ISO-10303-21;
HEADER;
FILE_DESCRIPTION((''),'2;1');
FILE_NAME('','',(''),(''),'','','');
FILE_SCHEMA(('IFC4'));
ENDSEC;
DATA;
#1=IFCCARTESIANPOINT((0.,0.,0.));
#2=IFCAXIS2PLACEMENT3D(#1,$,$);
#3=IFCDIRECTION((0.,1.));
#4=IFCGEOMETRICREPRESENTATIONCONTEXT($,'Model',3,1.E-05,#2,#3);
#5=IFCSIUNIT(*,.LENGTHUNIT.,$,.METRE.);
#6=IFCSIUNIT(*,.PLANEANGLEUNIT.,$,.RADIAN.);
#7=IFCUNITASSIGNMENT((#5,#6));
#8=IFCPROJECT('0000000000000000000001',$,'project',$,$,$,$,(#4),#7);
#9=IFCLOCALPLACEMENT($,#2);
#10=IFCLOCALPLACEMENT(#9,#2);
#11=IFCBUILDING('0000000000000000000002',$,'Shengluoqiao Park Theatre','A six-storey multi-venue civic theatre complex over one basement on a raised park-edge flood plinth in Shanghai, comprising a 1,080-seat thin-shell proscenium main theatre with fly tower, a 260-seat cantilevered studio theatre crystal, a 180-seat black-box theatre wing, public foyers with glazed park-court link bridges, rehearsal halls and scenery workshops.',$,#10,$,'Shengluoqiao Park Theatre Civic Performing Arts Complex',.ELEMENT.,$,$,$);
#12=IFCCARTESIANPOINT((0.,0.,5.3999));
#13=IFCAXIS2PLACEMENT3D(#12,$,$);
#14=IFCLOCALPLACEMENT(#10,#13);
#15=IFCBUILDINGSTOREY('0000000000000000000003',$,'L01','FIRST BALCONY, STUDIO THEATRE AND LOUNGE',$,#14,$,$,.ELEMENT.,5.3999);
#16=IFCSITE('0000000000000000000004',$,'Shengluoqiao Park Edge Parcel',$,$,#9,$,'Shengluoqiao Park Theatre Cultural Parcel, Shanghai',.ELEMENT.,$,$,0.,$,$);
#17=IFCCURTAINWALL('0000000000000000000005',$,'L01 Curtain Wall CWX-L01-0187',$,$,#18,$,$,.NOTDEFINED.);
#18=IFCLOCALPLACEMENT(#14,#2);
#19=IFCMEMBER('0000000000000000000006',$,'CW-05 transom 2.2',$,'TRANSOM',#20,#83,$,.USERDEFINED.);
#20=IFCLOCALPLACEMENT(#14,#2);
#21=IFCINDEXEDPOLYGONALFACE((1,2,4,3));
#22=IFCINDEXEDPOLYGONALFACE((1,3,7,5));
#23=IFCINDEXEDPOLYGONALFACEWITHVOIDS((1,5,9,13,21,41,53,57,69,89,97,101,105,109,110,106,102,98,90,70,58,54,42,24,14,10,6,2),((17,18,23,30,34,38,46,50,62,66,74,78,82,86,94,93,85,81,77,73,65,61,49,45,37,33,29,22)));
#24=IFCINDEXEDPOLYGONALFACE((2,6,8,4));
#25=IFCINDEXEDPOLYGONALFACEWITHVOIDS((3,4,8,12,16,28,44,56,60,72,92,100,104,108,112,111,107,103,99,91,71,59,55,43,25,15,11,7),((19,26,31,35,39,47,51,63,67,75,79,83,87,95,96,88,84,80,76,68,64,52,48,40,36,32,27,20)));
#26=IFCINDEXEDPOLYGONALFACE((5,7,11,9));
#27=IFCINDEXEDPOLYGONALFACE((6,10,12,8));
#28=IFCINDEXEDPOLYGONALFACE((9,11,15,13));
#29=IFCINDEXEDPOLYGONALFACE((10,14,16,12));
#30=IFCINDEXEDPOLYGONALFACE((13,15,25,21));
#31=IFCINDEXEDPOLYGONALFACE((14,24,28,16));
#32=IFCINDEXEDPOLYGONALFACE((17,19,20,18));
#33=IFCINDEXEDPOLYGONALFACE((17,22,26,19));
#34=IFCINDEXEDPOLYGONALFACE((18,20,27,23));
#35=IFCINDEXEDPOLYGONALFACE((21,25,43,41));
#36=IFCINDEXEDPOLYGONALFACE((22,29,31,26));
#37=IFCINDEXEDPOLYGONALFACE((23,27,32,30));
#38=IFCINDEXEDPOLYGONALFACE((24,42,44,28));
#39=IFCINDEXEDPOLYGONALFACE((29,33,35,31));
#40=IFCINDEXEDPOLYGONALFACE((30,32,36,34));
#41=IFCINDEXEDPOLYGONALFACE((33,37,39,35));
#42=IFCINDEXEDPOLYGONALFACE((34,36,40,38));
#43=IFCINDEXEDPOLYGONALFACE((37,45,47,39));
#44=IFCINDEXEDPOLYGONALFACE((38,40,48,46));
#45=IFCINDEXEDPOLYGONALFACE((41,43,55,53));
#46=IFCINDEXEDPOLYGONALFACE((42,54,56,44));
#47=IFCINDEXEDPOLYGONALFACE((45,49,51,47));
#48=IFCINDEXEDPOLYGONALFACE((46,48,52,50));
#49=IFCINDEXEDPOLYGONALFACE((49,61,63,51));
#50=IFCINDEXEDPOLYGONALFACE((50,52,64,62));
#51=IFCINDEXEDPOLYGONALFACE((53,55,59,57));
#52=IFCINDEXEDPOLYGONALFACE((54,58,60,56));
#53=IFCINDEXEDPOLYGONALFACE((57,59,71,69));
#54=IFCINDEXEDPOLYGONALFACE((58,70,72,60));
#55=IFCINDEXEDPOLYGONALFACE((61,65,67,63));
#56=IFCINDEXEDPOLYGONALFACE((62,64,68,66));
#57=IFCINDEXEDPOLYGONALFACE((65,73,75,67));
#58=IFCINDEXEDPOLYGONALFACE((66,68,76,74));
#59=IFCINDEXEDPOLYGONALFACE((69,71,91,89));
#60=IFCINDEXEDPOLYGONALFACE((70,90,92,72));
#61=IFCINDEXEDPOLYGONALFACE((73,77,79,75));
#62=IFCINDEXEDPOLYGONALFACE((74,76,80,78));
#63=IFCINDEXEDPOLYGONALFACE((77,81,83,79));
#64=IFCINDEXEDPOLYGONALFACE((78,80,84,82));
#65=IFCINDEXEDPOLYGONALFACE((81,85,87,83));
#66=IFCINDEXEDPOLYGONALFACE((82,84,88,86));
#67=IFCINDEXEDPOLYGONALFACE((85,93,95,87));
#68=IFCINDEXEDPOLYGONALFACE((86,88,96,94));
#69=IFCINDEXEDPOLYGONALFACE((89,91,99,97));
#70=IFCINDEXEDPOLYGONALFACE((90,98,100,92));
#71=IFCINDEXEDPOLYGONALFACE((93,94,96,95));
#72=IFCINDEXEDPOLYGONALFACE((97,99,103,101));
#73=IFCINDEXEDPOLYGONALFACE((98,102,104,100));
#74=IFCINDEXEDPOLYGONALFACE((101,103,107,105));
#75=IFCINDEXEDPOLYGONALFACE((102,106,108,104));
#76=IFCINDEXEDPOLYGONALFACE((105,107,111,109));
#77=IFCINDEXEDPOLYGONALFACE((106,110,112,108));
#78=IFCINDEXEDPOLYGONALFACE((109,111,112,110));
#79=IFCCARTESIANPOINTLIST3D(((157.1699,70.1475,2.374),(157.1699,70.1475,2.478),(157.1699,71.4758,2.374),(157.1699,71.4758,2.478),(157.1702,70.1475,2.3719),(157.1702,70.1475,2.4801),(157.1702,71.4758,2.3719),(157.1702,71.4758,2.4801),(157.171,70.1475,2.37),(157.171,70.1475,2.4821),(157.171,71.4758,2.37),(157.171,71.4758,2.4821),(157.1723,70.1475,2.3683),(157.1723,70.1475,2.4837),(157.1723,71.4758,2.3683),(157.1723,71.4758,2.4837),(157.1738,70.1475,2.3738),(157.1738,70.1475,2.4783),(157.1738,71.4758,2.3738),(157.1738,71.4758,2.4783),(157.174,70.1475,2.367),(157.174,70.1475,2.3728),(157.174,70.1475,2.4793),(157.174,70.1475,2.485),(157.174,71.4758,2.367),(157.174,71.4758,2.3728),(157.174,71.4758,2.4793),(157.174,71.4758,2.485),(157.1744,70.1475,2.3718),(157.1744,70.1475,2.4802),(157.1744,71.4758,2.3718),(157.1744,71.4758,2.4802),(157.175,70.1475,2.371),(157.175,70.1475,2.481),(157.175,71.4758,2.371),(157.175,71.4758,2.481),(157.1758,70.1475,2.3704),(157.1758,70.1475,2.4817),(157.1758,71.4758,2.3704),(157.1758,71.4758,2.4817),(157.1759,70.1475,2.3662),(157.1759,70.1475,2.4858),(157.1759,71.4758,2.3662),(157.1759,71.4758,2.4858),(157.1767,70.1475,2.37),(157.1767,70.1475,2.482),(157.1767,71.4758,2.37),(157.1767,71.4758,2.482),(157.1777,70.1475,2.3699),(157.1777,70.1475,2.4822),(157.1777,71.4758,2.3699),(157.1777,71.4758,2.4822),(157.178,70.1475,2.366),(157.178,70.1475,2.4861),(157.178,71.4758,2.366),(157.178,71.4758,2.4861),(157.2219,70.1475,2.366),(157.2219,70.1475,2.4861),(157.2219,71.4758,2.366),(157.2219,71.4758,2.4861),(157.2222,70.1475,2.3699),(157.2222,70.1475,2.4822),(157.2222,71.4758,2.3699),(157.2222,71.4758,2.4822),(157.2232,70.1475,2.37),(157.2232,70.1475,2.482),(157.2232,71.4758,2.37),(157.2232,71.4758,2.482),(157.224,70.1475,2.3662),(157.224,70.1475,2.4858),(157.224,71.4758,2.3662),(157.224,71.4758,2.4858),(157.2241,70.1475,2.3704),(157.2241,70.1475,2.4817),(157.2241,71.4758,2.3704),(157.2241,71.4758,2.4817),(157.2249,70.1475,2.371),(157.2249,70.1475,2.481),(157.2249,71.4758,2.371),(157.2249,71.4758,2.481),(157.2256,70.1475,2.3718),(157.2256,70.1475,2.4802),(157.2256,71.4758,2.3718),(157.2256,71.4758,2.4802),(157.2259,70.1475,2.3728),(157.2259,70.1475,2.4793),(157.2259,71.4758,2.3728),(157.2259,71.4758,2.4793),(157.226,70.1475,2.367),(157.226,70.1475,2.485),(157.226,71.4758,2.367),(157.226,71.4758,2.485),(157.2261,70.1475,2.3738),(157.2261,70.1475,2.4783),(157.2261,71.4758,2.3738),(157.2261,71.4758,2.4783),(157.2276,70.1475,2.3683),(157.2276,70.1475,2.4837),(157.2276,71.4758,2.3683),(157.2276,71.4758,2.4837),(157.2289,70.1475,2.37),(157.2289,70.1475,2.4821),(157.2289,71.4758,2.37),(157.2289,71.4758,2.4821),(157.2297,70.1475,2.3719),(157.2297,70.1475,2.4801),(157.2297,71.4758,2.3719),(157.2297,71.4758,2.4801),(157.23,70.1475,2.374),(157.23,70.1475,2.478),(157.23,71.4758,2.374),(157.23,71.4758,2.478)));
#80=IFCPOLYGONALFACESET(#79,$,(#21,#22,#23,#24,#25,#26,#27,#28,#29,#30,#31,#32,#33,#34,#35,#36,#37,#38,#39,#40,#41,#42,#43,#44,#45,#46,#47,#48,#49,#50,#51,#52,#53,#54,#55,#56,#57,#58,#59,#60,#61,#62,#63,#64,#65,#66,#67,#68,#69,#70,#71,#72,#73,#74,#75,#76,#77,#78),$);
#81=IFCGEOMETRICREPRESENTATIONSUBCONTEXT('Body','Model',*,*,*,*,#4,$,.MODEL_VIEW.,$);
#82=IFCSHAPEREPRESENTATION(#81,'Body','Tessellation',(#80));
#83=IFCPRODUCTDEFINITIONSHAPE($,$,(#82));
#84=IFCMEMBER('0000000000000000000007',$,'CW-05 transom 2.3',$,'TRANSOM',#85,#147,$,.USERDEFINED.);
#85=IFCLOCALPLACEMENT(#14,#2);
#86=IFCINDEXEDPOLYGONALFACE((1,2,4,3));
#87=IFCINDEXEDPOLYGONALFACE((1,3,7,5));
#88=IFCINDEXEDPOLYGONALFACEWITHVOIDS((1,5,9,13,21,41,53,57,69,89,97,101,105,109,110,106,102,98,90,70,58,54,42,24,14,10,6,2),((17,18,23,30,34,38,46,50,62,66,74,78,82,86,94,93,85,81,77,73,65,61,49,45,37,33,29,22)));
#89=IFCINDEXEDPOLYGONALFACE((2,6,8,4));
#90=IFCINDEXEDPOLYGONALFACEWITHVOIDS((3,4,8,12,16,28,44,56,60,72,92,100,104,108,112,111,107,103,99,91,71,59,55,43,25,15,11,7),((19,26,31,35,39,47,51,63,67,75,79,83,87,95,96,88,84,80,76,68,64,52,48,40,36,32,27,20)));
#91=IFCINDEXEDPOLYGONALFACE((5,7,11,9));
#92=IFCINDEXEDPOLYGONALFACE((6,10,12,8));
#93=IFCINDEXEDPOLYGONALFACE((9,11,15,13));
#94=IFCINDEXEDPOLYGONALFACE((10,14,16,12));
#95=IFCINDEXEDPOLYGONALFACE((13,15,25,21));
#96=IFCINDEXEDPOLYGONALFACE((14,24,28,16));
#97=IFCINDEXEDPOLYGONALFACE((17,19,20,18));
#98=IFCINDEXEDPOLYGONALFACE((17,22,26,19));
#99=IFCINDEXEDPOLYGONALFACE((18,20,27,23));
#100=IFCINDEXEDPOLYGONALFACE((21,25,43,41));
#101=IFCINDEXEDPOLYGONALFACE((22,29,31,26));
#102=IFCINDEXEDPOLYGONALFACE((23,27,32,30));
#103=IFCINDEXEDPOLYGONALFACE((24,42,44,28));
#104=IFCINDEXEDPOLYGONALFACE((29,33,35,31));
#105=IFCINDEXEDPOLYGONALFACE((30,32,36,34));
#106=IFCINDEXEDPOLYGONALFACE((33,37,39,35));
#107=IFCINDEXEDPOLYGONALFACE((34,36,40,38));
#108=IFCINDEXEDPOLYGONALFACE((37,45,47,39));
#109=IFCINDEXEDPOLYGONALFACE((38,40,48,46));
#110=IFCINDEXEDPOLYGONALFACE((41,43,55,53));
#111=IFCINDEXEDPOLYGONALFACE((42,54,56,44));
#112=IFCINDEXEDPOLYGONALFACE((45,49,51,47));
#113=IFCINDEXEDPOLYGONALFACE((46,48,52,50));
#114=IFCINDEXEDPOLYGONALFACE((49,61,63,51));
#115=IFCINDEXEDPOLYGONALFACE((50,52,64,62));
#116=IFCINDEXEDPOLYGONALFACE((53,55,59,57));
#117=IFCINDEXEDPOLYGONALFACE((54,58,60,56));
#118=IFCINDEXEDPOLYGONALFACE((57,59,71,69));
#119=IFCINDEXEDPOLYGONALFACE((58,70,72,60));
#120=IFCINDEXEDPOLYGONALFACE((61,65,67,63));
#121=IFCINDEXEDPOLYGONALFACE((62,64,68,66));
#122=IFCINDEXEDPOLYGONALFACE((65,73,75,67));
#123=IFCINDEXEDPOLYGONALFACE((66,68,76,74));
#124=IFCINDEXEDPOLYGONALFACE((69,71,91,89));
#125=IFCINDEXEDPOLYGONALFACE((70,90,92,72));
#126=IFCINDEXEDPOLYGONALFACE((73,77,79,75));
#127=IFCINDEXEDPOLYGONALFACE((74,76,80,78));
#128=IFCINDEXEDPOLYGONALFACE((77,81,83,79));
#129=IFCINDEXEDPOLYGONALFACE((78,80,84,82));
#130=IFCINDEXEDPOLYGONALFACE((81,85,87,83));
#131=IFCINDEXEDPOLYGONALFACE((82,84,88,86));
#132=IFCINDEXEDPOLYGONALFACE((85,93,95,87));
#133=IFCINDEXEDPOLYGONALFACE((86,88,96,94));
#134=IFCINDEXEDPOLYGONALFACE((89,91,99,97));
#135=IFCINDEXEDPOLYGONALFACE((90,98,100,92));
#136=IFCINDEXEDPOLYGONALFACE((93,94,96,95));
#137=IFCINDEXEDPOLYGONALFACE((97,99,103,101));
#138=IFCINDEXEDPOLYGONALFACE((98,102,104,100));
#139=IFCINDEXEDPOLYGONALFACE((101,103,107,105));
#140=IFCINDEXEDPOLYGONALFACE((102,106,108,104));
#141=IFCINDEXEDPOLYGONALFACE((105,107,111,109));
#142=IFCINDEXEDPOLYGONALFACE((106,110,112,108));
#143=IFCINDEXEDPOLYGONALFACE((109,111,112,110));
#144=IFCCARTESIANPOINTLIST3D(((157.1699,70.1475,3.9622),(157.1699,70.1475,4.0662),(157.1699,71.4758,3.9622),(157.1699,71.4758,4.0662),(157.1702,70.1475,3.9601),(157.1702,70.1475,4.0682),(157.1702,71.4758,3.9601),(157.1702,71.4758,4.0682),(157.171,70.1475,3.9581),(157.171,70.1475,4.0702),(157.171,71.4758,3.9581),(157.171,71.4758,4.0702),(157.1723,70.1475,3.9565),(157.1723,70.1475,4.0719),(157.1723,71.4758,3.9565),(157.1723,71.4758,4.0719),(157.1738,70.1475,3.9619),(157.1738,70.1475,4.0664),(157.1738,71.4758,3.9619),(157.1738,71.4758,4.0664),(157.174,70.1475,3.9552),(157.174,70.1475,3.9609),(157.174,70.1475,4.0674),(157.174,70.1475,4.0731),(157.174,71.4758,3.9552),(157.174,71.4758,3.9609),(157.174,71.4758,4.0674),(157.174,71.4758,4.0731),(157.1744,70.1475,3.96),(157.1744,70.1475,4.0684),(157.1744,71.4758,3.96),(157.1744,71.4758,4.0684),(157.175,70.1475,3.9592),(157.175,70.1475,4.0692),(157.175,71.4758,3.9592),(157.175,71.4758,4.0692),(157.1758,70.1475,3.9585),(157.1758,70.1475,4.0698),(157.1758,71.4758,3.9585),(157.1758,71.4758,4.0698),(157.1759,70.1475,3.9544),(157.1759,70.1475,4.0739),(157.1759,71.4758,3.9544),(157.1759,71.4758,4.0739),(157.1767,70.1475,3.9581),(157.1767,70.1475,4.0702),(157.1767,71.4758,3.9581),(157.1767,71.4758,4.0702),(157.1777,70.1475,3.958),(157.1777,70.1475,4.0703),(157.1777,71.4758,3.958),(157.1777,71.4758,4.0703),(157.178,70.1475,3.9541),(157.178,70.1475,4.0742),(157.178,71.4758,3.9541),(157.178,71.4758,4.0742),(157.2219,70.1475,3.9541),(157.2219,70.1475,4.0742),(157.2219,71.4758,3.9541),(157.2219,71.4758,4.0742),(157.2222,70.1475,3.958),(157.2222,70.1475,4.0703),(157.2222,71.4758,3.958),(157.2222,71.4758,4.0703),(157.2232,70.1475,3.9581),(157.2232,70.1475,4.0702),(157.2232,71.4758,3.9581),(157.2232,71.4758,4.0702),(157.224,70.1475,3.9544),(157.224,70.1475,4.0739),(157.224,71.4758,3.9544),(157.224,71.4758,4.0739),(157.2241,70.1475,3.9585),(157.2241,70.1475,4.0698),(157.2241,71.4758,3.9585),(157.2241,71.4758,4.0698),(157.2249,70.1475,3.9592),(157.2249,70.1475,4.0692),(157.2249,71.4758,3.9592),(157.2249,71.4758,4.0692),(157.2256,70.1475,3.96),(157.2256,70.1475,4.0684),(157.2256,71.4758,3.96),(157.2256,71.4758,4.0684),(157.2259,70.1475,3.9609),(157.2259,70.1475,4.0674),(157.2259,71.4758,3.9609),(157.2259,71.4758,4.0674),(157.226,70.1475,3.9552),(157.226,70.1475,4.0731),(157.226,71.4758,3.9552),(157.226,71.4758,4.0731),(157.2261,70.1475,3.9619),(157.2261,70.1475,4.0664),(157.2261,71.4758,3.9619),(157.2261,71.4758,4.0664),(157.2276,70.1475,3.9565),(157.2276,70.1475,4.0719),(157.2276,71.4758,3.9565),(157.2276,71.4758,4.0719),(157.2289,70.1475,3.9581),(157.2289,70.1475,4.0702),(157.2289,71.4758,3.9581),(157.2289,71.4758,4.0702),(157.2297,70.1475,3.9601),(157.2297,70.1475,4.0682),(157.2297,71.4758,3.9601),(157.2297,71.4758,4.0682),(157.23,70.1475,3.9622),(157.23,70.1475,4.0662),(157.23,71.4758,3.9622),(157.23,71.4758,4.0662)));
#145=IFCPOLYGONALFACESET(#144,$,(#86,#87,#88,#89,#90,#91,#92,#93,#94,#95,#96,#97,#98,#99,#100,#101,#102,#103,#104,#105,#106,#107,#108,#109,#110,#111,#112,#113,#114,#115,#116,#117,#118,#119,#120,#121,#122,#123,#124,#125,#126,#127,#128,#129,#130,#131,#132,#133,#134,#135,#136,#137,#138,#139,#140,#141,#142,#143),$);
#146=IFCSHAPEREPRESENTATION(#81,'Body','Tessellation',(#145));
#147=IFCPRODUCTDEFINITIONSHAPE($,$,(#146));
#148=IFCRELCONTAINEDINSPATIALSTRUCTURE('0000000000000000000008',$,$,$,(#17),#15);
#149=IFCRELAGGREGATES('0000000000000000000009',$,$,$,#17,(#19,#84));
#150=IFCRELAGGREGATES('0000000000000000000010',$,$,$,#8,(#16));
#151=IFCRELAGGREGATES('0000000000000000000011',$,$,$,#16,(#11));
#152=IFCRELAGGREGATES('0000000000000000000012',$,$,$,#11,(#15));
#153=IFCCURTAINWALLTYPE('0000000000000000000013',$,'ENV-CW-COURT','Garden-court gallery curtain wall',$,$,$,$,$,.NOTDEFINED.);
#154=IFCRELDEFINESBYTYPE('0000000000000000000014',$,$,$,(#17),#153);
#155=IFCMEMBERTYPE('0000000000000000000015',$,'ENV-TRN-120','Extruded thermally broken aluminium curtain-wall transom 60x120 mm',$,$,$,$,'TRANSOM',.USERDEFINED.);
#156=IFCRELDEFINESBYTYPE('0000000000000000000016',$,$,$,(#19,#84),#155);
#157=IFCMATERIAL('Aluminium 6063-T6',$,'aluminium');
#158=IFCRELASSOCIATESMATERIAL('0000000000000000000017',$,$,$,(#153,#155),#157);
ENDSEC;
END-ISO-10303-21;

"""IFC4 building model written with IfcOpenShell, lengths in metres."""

from ifc_helpers import new_model, si_unit, direction, frame, origin, origin_2d, place, context, subcontext, project, spatial, hollow_rectangle, extrude, material, material_profile, profile_set, type_object, element, aggregate, save


model = new_model("IFC4")

# Units and contexts
model_context = context("Model", 3, precision=1e-05, world=origin(), true_north=direction((0.0, 1.0)))
body_context = subcontext(model_context, "Body", "Model", "MODEL_VIEW")
ifc_project = project(units=[si_unit("LENGTHUNIT", "METRE"), si_unit("PLANEANGLEUNIT", "RADIAN")], contexts=[model_context])

# Site, building, storey
site_placement = place(None, origin())
site = spatial("IfcSite", under=ifc_project, at=site_placement, Name="Shengluoqiao Park Edge Parcel", LongName="Shengluoqiao Park Theatre Cultural Parcel, Shanghai", CompositionType="ELEMENT", RefElevation=0.0)
building_placement = place(site_placement, origin())
building = spatial("IfcBuilding", under=site, at=building_placement, Name="Shengluoqiao Park Theatre", Description="A six-storey multi-venue civic theatre complex over one basement on a raised park-edge flood plinth in Shanghai, comprising a 1,080-seat thin-shell proscenium main theatre with fly tower, a 260-seat cantilevered studio theatre crystal, a 180-seat black-box theatre wing, public foyers with glazed park-court link bridges, rehearsal halls and scenery workshops.", LongName="Shengluoqiao Park Theatre Civic Performing Arts Complex", CompositionType="ELEMENT")
storey_placement = place(building_placement, frame((0.0, 0.0, 5.3999)))
storey = spatial("IfcBuildingStorey", under=building, at=storey_placement, Name="L01", Description="FIRST BALCONY, STUDIO THEATRE AND LOUNGE", CompositionType="ELEMENT", Elevation=5.3999)

# Curtain wall, members
ifc_material_1 = material(Name="Aluminium 6063-T6", Category="aluminium")
curtain_wall_type = type_object("IfcCurtainWallType", Name="ENV-CW-COURT", Description="Garden-court gallery curtain wall", PredefinedType="NOTDEFINED", material=ifc_material_1)
curtain_wall_placement = place(storey_placement, origin())
curtain_wall = element("IfcCurtainWall", 1, at=curtain_wall_placement, inside=storey, type_object=curtain_wall_type, Name="L01 Curtain Wall CWX-L01-0187", PredefinedType="NOTDEFINED")
ifc_material_profile_1 = material_profile(ifc_material_1, hollow_rectangle(XDim=0.0601, YDim=0.1201, WallThickness=0.0039, InnerFilletRadius=0.0039, OuterFilletRadius=0.0081, at=origin_2d()), Name="ALU TRANSOM 120x60x4")
ifc_profile_set_1 = profile_set([ifc_material_profile_1], Name="Aluminium 6063-T6")
member_type_1 = type_object("IfcMemberType", Name="ENV-TRN-120", Description="Extruded thermally broken aluminium curtain-wall transom 60x120 mm", ElementType="TRANSOM", PredefinedType="USERDEFINED", material=ifc_profile_set_1)
member_1_placement = place(storey_placement, frame((157.2, 70.1475, 2.426), z_axis=(0.0, 1.0, 0.0), x_axis=(-1.0, 0.0, 0.0)))
member_1 = element("IfcMember", 2, at=member_1_placement, type_object=member_type_1, Name="CW-05 transom 2.2", ObjectType="TRANSOM", PredefinedType="USERDEFINED", context=body_context, shape_type="SweptSolid", body=[
    extrude(hollow_rectangle(XDim=0.0601, YDim=0.1201, WallThickness=0.0039, InnerFilletRadius=0.0039, OuterFilletRadius=0.0081, at=origin_2d()), origin(), (0.0, 0.0, 1.0), 1.3284),
])
member_2_placement = place(storey_placement, frame((157.2, 70.1475, 4.0142), z_axis=(0.0, 1.0, 0.0), x_axis=(-1.0, 0.0, 0.0)))
member_2 = element("IfcMember", 3, at=member_2_placement, type_object=member_type_1, Name="CW-05 transom 2.3", ObjectType="TRANSOM", PredefinedType="USERDEFINED", context=body_context, shape_type="SweptSolid", body=[
    extrude(hollow_rectangle(XDim=0.0601, YDim=0.1201, WallThickness=0.0039, InnerFilletRadius=0.0039, OuterFilletRadius=0.0081, at=origin_2d()), origin(), (0.0, 0.0, 1.0), 1.3284),
])

aggregate(curtain_wall, [member_1, member_2])

save(model, "model.ifc")
